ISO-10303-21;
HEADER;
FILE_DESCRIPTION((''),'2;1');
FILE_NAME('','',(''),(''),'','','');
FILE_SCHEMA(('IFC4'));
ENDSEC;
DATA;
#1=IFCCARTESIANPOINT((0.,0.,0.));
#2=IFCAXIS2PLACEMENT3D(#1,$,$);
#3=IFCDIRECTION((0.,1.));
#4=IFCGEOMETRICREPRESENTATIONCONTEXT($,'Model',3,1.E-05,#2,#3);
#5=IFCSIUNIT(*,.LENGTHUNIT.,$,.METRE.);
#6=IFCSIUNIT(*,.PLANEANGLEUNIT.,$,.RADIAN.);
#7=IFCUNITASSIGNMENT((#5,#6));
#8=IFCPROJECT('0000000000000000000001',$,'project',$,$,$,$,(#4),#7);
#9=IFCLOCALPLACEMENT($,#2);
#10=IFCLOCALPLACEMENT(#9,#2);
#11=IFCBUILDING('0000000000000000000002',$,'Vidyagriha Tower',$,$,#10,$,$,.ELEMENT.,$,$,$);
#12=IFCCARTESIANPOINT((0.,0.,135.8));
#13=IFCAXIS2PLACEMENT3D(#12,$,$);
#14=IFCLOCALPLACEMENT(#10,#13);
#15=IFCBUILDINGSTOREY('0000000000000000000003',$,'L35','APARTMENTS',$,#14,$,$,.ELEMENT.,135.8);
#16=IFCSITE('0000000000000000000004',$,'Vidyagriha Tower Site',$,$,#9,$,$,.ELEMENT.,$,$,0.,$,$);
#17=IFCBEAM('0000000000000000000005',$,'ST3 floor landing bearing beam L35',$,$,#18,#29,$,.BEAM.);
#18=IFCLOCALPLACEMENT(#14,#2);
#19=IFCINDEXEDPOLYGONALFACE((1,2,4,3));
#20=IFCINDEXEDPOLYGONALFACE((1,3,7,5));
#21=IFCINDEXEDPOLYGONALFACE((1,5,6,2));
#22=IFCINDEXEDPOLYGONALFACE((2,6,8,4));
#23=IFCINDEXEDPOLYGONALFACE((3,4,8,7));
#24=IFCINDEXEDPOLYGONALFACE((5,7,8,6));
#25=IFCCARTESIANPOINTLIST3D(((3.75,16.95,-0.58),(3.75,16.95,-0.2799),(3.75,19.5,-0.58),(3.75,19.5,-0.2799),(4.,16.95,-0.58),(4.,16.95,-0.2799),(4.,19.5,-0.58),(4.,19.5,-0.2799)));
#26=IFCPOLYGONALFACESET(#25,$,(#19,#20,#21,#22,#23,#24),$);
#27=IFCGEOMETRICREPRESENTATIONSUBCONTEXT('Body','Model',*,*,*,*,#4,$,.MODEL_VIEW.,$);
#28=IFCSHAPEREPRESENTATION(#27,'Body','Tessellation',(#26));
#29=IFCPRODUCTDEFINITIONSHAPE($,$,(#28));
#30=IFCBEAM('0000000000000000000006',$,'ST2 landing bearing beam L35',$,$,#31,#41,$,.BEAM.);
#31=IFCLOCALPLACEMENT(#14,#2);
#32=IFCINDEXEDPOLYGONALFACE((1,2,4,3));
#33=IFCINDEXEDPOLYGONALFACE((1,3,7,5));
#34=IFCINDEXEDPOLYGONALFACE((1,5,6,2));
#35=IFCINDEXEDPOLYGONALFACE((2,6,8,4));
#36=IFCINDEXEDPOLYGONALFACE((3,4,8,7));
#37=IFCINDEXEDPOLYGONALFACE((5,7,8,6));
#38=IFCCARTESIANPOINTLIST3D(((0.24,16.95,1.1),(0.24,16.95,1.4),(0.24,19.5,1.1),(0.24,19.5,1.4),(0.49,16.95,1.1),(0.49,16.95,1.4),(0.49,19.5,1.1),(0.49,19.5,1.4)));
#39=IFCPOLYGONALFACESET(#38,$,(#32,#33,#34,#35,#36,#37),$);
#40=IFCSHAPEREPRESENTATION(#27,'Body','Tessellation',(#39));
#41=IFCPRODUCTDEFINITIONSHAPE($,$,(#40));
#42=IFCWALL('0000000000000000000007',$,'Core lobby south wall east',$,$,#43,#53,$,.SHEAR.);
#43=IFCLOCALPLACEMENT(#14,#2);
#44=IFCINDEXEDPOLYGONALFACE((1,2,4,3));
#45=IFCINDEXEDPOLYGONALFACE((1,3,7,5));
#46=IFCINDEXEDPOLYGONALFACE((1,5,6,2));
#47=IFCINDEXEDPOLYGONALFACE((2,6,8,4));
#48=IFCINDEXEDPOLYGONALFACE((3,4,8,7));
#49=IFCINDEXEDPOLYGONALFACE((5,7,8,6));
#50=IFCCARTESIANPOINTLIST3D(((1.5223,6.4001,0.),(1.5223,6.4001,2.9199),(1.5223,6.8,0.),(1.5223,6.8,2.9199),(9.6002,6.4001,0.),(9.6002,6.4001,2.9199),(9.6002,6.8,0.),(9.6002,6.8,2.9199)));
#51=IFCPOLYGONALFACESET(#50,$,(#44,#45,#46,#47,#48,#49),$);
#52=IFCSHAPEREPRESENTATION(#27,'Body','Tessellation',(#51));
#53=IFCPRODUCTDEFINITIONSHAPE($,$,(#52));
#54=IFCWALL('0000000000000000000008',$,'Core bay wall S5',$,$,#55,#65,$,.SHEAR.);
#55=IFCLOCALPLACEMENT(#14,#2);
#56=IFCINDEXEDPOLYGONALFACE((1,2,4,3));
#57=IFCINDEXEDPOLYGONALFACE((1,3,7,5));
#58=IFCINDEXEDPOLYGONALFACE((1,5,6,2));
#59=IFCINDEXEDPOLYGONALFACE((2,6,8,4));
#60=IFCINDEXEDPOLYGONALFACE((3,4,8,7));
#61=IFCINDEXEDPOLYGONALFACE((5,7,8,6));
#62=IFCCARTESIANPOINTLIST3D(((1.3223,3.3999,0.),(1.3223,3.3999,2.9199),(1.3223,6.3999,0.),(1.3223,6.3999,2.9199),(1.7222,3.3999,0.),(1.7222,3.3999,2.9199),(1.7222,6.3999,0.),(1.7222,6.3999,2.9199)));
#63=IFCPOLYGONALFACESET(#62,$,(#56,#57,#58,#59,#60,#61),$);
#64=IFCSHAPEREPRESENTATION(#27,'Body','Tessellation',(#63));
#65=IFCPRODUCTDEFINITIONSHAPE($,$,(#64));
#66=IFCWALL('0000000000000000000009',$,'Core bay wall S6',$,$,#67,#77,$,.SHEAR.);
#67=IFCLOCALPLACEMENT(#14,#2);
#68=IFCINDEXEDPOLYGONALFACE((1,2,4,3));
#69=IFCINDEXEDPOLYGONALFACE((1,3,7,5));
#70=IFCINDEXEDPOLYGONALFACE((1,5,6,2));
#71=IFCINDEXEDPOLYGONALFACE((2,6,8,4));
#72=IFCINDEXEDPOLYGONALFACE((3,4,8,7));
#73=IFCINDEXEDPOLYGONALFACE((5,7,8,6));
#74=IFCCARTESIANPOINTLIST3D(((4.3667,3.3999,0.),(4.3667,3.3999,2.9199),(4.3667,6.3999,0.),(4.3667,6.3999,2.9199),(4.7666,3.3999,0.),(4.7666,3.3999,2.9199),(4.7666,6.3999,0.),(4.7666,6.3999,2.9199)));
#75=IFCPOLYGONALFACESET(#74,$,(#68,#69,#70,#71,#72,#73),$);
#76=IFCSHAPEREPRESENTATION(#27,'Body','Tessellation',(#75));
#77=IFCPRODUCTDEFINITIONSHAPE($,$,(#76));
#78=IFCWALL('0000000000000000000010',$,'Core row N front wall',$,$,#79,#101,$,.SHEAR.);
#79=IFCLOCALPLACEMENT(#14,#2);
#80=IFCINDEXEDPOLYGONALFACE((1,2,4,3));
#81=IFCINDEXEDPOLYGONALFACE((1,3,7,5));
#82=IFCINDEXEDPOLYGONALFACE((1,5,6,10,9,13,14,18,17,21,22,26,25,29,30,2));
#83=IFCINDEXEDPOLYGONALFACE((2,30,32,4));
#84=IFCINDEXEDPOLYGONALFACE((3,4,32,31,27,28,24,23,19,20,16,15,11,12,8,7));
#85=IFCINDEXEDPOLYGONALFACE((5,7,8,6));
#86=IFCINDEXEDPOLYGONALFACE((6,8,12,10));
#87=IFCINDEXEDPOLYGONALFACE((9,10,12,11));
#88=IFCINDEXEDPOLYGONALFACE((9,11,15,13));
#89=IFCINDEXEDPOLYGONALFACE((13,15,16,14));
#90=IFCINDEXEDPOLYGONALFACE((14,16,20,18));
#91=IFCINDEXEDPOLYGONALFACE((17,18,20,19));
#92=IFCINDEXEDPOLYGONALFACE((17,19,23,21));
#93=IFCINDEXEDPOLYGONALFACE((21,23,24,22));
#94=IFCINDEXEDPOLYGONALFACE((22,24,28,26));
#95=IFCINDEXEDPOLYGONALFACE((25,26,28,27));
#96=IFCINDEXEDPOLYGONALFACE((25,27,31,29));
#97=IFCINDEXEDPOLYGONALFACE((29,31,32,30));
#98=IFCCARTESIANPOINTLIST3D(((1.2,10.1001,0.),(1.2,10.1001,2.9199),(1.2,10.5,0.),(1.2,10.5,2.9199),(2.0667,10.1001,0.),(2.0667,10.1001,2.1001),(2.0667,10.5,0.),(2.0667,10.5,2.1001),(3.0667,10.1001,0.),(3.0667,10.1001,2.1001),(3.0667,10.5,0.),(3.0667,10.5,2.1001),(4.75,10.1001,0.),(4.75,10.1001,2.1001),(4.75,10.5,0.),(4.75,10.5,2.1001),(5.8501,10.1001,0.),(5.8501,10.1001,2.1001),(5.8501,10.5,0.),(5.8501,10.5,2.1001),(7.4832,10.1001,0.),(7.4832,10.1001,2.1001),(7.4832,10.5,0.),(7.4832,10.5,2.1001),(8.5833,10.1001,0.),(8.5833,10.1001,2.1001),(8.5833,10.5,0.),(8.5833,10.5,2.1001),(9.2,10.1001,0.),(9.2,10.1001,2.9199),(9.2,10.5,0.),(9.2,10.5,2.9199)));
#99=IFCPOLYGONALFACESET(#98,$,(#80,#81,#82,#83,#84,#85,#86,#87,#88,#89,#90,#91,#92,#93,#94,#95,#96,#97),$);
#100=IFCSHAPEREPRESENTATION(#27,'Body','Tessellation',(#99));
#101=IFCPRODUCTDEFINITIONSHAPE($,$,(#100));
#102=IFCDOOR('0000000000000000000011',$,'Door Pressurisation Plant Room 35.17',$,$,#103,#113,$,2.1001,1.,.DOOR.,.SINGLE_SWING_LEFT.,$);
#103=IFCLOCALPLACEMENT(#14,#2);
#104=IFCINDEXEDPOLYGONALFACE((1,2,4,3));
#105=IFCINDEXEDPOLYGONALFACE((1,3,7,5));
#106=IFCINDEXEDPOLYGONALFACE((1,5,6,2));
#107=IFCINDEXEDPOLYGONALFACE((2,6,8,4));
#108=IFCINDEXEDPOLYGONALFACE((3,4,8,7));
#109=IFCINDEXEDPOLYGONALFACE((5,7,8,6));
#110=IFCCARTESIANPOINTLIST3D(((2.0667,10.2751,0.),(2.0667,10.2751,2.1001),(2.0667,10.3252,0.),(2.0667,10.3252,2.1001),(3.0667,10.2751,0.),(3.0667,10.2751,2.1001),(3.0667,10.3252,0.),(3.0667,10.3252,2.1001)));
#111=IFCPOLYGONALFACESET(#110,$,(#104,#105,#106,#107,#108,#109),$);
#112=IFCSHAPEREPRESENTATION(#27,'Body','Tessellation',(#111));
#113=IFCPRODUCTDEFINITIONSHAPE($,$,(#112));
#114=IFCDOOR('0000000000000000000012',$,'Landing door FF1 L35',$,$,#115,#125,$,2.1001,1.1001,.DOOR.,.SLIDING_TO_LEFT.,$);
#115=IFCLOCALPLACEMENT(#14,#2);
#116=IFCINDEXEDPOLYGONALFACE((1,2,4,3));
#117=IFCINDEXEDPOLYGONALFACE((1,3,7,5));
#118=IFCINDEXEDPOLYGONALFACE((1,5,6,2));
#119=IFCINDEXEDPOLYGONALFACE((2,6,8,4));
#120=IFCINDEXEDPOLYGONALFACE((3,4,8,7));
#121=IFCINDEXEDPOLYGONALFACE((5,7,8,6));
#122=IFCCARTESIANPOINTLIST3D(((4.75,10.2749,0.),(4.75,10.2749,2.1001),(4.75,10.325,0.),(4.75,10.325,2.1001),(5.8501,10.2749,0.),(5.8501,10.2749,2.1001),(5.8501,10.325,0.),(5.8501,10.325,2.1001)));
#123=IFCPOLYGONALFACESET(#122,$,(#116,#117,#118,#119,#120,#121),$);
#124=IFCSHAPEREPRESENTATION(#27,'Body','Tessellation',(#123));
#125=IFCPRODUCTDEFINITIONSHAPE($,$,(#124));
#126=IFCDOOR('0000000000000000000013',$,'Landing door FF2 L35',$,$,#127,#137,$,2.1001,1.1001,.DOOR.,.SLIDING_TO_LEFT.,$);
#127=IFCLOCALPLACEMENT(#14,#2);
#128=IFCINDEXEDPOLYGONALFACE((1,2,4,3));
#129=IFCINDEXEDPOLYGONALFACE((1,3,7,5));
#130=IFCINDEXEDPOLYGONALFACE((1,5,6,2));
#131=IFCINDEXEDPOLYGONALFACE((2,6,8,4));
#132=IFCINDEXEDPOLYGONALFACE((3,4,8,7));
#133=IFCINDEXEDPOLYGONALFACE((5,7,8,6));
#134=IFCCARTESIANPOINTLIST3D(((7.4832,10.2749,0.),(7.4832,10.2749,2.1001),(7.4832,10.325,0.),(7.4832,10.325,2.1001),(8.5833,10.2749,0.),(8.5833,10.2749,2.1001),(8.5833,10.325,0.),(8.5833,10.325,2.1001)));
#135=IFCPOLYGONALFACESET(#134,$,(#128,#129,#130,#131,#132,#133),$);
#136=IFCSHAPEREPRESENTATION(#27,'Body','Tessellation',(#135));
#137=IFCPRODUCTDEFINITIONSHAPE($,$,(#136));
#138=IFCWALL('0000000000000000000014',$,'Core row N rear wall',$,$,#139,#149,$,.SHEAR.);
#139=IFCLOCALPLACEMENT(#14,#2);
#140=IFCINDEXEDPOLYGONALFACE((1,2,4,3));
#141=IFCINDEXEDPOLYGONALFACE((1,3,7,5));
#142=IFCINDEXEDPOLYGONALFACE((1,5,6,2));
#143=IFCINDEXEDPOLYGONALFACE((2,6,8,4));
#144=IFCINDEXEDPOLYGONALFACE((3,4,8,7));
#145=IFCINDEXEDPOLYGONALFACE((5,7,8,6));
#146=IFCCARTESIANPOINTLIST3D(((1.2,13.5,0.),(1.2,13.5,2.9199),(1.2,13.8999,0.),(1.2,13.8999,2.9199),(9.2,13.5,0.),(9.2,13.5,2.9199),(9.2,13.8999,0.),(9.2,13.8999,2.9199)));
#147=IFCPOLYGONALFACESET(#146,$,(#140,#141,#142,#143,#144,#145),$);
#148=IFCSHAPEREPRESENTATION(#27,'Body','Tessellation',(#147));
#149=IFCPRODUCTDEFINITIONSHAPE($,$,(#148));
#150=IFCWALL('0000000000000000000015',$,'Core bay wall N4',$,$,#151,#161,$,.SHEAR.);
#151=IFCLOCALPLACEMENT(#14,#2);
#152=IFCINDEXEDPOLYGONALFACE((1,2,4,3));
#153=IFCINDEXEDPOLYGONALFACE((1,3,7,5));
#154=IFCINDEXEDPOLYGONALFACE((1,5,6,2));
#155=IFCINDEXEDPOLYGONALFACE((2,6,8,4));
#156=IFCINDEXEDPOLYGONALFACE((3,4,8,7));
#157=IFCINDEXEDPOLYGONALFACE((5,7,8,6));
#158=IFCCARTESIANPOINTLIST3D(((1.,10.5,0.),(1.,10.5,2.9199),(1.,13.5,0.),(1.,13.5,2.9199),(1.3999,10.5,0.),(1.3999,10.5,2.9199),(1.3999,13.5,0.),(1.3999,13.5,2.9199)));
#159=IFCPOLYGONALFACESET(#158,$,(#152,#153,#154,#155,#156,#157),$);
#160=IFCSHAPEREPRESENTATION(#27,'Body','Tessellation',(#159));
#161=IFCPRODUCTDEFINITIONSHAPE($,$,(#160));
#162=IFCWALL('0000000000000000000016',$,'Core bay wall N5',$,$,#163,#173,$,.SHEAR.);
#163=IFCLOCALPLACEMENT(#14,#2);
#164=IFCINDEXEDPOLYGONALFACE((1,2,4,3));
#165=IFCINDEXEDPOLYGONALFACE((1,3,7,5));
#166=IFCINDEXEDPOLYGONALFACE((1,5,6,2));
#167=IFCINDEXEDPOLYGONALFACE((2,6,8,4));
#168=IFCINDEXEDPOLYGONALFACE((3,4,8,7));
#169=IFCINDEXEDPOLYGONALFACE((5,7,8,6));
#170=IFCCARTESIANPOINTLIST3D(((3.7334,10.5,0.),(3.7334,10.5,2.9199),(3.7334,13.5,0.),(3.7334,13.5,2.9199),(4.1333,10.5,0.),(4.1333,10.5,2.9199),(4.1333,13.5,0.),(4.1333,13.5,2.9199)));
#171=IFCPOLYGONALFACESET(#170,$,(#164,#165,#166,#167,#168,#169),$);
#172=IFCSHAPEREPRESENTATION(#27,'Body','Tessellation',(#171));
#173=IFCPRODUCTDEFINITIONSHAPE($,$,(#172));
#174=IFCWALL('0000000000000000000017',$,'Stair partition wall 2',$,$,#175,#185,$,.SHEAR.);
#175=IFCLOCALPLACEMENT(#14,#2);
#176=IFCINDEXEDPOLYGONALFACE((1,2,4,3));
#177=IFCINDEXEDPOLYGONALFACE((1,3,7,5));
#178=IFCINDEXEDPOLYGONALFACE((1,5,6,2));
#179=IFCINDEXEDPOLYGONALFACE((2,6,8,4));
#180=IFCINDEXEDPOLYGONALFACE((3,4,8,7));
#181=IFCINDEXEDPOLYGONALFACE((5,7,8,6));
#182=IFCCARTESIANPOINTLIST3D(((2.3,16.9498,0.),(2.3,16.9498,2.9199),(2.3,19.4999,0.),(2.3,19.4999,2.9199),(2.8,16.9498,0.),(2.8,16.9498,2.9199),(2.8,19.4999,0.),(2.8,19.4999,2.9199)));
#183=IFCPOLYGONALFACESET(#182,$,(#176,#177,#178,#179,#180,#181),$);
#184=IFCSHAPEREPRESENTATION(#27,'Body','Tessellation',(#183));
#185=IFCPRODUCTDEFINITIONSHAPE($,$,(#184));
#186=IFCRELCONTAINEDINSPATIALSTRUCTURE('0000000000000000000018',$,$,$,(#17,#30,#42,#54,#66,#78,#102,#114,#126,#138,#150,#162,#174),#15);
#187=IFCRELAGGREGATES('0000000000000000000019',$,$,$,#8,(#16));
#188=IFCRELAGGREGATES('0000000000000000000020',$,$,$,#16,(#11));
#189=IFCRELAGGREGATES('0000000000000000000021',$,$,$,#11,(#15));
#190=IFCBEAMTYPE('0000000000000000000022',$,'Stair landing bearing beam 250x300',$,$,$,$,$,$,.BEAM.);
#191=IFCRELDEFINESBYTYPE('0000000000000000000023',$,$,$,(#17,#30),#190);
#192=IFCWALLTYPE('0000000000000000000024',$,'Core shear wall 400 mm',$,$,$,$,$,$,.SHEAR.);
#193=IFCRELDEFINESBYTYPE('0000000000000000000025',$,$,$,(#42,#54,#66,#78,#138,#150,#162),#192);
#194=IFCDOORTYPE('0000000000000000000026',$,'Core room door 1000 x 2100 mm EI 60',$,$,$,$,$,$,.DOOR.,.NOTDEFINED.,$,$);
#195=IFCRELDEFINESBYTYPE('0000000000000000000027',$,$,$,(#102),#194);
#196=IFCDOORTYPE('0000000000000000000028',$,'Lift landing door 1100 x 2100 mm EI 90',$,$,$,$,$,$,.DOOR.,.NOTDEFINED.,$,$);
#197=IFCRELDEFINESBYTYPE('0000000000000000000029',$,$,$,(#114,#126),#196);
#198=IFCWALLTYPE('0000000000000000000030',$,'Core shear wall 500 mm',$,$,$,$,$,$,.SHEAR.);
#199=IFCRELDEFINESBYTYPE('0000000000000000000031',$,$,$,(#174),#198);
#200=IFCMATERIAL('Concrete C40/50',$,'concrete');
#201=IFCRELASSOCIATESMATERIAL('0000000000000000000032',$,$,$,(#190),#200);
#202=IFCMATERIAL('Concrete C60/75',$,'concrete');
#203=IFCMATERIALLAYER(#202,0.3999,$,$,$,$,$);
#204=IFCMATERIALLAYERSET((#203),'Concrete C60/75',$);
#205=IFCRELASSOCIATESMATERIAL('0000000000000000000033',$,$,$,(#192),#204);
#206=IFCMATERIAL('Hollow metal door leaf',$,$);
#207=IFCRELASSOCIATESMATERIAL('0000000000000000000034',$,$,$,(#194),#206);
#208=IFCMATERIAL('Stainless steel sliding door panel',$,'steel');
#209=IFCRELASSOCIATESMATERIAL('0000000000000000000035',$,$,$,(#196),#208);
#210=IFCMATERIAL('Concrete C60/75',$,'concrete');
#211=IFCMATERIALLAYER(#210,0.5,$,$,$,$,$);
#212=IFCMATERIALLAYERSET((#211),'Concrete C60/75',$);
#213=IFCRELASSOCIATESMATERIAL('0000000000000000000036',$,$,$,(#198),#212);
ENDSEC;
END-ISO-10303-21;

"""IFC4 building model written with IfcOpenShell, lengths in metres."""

from ifc_helpers import new_model, si_unit, direction, frame, frame_2d, origin, origin_2d, place, context, subcontext, project, spatial, rectangle, extrude, material, layer, layer_set, material_profile, profile_set, type_object, element, fill, save


model = new_model("IFC4")

# Units and contexts
model_context = context("Model", 3, precision=1e-05, world=origin(), true_north=direction((0.0, 1.0)))
body_context = subcontext(model_context, "Body", "Model", "MODEL_VIEW")
ifc_project = project(units=[si_unit("LENGTHUNIT", "METRE"), si_unit("PLANEANGLEUNIT", "RADIAN")], contexts=[model_context])

# Site, building, storey
site_placement = place(None, origin())
site = spatial("IfcSite", under=ifc_project, at=site_placement, Name="Vidyagriha Tower Site", CompositionType="ELEMENT", RefElevation=0.0)
building_placement = place(site_placement, origin())
building = spatial("IfcBuilding", under=site, at=building_placement, Name="Vidyagriha Tower", CompositionType="ELEMENT")
storey_placement = place(building_placement, frame((0.0, 0.0, 135.8)))
storey = spatial("IfcBuildingStorey", under=building, at=storey_placement, Name="L35", Description="APARTMENTS", CompositionType="ELEMENT", Elevation=135.8)

# Beams
ifc_material_1 = material(Name="Concrete C40/50", Category="concrete")
ifc_material_profile = material_profile(ifc_material_1, rectangle(XDim=0.25, YDim=0.3, at=origin_2d()), Name="Stair landing bearing beam 250x300")
ifc_profile_set = profile_set([ifc_material_profile], Name="Concrete C40/50")
beam_type = type_object("IfcBeamType", Name="Stair landing bearing beam 250x300", PredefinedType="BEAM", material=ifc_profile_set)
for number, where, z_axis, x_axis, name in (
    (1, (3.875, 16.95, -0.4299), (0.0, 1.0, 0.0), (-1.0, 0.0, 0.0), "ST3 floor landing bearing beam L35"),
    (2, (0.365, 16.95, 1.25), (0.0, 1.0, 0.0), (-1.0, 0.0, 0.0), "ST2 landing bearing beam L35"),
):
    element("IfcBeam", number, at=place(storey_placement, frame(where, z_axis=z_axis, x_axis=x_axis)), inside=storey, type_object=beam_type, Name=name, PredefinedType="BEAM", context=body_context, shape_type="SweptSolid", body=[
        extrude(rectangle(XDim=0.25, YDim=0.3, at=origin_2d()), origin(), (0.0, 0.0, 1.0), 2.55),
    ])

# Walls
ifc_material_2 = material(Name="Concrete C60/75", Category="concrete")
ifc_layer_1 = layer(ifc_material_2, 0.3999)
ifc_layer_set_1 = layer_set([ifc_layer_1], Name="Concrete C60/75")
wall_type_1 = type_object("IfcWallType", Name="Core shear wall 400 mm", PredefinedType="SHEAR", material=ifc_layer_set_1)
wall_1_placement = place(storey_placement, frame((1.5222, 6.6001, 0.0)))
element("IfcWall", 3, at=wall_1_placement, inside=storey, type_object=wall_type_1, Name="Core lobby south wall east", PredefinedType="SHEAR", context=body_context, shape_type="SweptSolid", body=[
    extrude(rectangle(XDim=8.0779, YDim=0.3999, at=frame_2d((4.0391, 0.0))), origin(), (0.0, 0.0, 1.0), 2.9199),
])
for number, where, z_axis, x_axis, name in (
    (4, (1.5222, 3.3999, 0.0), (0.0, 0.0, 1.0), (0.0, 1.0, 0.0), "Core bay wall S5"),
    (5, (4.5667, 3.3999, 0.0), (0.0, 0.0, 1.0), (0.0, 1.0, 0.0), "Core bay wall S6"),
):
    element("IfcWall", number, at=place(storey_placement, frame(where, z_axis=z_axis, x_axis=x_axis)), inside=storey, type_object=wall_type_1, Name=name, PredefinedType="SHEAR", context=body_context, shape_type="SweptSolid", body=[
        extrude(rectangle(XDim=3.0, YDim=0.3999, at=frame_2d((1.5, 0.0))), origin(), (0.0, 0.0, 1.0), 2.9199),
    ])

# Wall, openings, doors
wall_2_placement = place(storey_placement, frame((1.2, 10.3, 0.0)))
wall_2 = element("IfcWall", 6, at=wall_2_placement, inside=storey, type_object=wall_type_1, Name="Core row N front wall", PredefinedType="SHEAR", context=body_context, shape_type="SweptSolid", body=[
    extrude(rectangle(XDim=8.0, YDim=0.3999, at=frame_2d((4.0, 0.0))), origin(), (0.0, 0.0, 1.0), 2.9199),
])
opening_1_placement = place(wall_2_placement, frame((3.55, 0.0, 0.0)))
opening_1 = element("IfcOpeningElement", 7, at=opening_1_placement, cuts=wall_2, PredefinedType="OPENING", context=body_context, shape_type="SweptSolid", body=[
    extrude(rectangle(XDim=1.1001, YDim=2.1001, at=frame_2d((0.55, 1.05))), frame((0.0, 0.21, 0.0), z_axis=(0.0, -1.0, 0.0), x_axis=(1.0, 0.0, 0.0)), (0.0, 0.0, 1.0), 0.4199),
])
opening_2_placement = place(wall_2_placement, frame((6.2832, 0.0, 0.0)))
opening_2 = element("IfcOpeningElement", 8, at=opening_2_placement, cuts=wall_2, PredefinedType="OPENING", context=body_context, shape_type="SweptSolid", body=[
    extrude(rectangle(XDim=1.1001, YDim=2.1001, at=frame_2d((0.55, 1.05))), frame((0.0, 0.21, 0.0), z_axis=(0.0, -1.0, 0.0), x_axis=(1.0, 0.0, 0.0)), (0.0, 0.0, 1.0), 0.4199),
])
opening_3_placement = place(wall_2_placement, frame((0.8667, 0.0, 0.0)))
opening_3 = element("IfcOpeningElement", 9, at=opening_3_placement, cuts=wall_2, PredefinedType="OPENING", context=body_context, shape_type="SweptSolid", body=[
    extrude(rectangle(XDim=1.0, YDim=2.1001, at=frame_2d((0.5, 1.05))), frame((0.0, 0.21, 0.0), z_axis=(0.0, -1.0, 0.0), x_axis=(1.0, 0.0, 0.0)), (0.0, 0.0, 1.0), 0.4199),
])
ifc_material_3 = material(Name="Hollow metal door leaf")
door_type_1 = type_object("IfcDoorType", Name="Core room door 1000 x 2100 mm EI 60", OperationType="NOTDEFINED", PredefinedType="DOOR", material=ifc_material_3)
door_1_placement = place(opening_3_placement, frame((1.0, 0.0, 0.0), z_axis=(0.0, 0.0, 1.0), x_axis=(-1.0, 0.0, 0.0)))
door_1 = element("IfcDoor", 10, at=door_1_placement, inside=storey, type_object=door_type_1, Name="Door Pressurisation Plant Room 35.17", OperationType="SINGLE_SWING_LEFT", OverallHeight=2.1001, OverallWidth=1.0, PredefinedType="DOOR", context=body_context, shape_type="SweptSolid", body=[
    extrude(rectangle(XDim=1.0, YDim=2.1001, at=frame_2d((0.5, 1.05))), frame((0.0, 0.0249, 0.0), z_axis=(0.0, -1.0, 0.0), x_axis=(1.0, 0.0, 0.0)), (0.0, 0.0, 1.0), 0.05),
])
fill(opening_3, door_1)
ifc_material_4 = material(Name="Stainless steel sliding door panel", Category="steel")
door_type_2 = type_object("IfcDoorType", Name="Lift landing door 1100 x 2100 mm EI 90", OperationType="NOTDEFINED", PredefinedType="DOOR", material=ifc_material_4)
door_2_placement = place(opening_1_placement, origin())
door_2 = element("IfcDoor", 11, at=door_2_placement, inside=storey, type_object=door_type_2, Name="Landing door FF1 L35", OperationType="SLIDING_TO_LEFT", OverallHeight=2.1001, OverallWidth=1.1001, PredefinedType="DOOR", context=body_context, shape_type="SweptSolid", body=[
    extrude(rectangle(XDim=1.1001, YDim=2.1001, at=frame_2d((0.55, 1.05))), frame((0.0, 0.0249, 0.0), z_axis=(0.0, -1.0, 0.0), x_axis=(1.0, 0.0, 0.0)), (0.0, 0.0, 1.0), 0.05),
])
fill(opening_1, door_2)
door_3_placement = place(opening_2_placement, origin())
door_3 = element("IfcDoor", 12, at=door_3_placement, inside=storey, type_object=door_type_2, Name="Landing door FF2 L35", OperationType="SLIDING_TO_LEFT", OverallHeight=2.1001, OverallWidth=1.1001, PredefinedType="DOOR", context=body_context, shape_type="SweptSolid", body=[
    extrude(rectangle(XDim=1.1001, YDim=2.1001, at=frame_2d((0.55, 1.05))), frame((0.0, 0.0249, 0.0), z_axis=(0.0, -1.0, 0.0), x_axis=(1.0, 0.0, 0.0)), (0.0, 0.0, 1.0), 0.05),
])
fill(opening_2, door_3)

# Walls
wall_3_placement = place(storey_placement, frame((1.2, 13.7, 0.0)))
element("IfcWall", 13, at=wall_3_placement, inside=storey, type_object=wall_type_1, Name="Core row N rear wall", PredefinedType="SHEAR", context=body_context, shape_type="SweptSolid", body=[
    extrude(rectangle(XDim=8.0, YDim=0.3999, at=frame_2d((4.0, 0.0))), origin(), (0.0, 0.0, 1.0), 2.9199),
])
for number, where, z_axis, x_axis, name in (
    (14, (1.2, 10.5, 0.0), (0.0, 0.0, 1.0), (0.0, 1.0, 0.0), "Core bay wall N4"),
    (15, (3.9333, 10.5, 0.0), (0.0, 0.0, 1.0), (0.0, 1.0, 0.0), "Core bay wall N5"),
):
    element("IfcWall", number, at=place(storey_placement, frame(where, z_axis=z_axis, x_axis=x_axis)), inside=storey, type_object=wall_type_1, Name=name, PredefinedType="SHEAR", context=body_context, shape_type="SweptSolid", body=[
        extrude(rectangle(XDim=3.0, YDim=0.3999, at=frame_2d((1.5, 0.0))), origin(), (0.0, 0.0, 1.0), 2.9199),
    ])
ifc_material_5 = material(Name="Concrete C60/75", Category="concrete")
ifc_layer_2 = layer(ifc_material_5, 0.5)
ifc_layer_set_2 = layer_set([ifc_layer_2], Name="Concrete C60/75")
wall_type_2 = type_object("IfcWallType", Name="Core shear wall 500 mm", PredefinedType="SHEAR", material=ifc_layer_set_2)
wall_4_placement = place(storey_placement, frame((2.55, 16.95, 0.0), z_axis=(0.0, 0.0, 1.0), x_axis=(0.0, 1.0, 0.0)))
element("IfcWall", 16, at=wall_4_placement, inside=storey, type_object=wall_type_2, Name="Stair partition wall 2", PredefinedType="SHEAR", context=body_context, shape_type="SweptSolid", body=[
    extrude(rectangle(XDim=2.55, YDim=0.5, at=frame_2d((1.2749, 0.0))), origin(), (0.0, 0.0, 1.0), 2.9199),
])

save(model, "model.ifc")
